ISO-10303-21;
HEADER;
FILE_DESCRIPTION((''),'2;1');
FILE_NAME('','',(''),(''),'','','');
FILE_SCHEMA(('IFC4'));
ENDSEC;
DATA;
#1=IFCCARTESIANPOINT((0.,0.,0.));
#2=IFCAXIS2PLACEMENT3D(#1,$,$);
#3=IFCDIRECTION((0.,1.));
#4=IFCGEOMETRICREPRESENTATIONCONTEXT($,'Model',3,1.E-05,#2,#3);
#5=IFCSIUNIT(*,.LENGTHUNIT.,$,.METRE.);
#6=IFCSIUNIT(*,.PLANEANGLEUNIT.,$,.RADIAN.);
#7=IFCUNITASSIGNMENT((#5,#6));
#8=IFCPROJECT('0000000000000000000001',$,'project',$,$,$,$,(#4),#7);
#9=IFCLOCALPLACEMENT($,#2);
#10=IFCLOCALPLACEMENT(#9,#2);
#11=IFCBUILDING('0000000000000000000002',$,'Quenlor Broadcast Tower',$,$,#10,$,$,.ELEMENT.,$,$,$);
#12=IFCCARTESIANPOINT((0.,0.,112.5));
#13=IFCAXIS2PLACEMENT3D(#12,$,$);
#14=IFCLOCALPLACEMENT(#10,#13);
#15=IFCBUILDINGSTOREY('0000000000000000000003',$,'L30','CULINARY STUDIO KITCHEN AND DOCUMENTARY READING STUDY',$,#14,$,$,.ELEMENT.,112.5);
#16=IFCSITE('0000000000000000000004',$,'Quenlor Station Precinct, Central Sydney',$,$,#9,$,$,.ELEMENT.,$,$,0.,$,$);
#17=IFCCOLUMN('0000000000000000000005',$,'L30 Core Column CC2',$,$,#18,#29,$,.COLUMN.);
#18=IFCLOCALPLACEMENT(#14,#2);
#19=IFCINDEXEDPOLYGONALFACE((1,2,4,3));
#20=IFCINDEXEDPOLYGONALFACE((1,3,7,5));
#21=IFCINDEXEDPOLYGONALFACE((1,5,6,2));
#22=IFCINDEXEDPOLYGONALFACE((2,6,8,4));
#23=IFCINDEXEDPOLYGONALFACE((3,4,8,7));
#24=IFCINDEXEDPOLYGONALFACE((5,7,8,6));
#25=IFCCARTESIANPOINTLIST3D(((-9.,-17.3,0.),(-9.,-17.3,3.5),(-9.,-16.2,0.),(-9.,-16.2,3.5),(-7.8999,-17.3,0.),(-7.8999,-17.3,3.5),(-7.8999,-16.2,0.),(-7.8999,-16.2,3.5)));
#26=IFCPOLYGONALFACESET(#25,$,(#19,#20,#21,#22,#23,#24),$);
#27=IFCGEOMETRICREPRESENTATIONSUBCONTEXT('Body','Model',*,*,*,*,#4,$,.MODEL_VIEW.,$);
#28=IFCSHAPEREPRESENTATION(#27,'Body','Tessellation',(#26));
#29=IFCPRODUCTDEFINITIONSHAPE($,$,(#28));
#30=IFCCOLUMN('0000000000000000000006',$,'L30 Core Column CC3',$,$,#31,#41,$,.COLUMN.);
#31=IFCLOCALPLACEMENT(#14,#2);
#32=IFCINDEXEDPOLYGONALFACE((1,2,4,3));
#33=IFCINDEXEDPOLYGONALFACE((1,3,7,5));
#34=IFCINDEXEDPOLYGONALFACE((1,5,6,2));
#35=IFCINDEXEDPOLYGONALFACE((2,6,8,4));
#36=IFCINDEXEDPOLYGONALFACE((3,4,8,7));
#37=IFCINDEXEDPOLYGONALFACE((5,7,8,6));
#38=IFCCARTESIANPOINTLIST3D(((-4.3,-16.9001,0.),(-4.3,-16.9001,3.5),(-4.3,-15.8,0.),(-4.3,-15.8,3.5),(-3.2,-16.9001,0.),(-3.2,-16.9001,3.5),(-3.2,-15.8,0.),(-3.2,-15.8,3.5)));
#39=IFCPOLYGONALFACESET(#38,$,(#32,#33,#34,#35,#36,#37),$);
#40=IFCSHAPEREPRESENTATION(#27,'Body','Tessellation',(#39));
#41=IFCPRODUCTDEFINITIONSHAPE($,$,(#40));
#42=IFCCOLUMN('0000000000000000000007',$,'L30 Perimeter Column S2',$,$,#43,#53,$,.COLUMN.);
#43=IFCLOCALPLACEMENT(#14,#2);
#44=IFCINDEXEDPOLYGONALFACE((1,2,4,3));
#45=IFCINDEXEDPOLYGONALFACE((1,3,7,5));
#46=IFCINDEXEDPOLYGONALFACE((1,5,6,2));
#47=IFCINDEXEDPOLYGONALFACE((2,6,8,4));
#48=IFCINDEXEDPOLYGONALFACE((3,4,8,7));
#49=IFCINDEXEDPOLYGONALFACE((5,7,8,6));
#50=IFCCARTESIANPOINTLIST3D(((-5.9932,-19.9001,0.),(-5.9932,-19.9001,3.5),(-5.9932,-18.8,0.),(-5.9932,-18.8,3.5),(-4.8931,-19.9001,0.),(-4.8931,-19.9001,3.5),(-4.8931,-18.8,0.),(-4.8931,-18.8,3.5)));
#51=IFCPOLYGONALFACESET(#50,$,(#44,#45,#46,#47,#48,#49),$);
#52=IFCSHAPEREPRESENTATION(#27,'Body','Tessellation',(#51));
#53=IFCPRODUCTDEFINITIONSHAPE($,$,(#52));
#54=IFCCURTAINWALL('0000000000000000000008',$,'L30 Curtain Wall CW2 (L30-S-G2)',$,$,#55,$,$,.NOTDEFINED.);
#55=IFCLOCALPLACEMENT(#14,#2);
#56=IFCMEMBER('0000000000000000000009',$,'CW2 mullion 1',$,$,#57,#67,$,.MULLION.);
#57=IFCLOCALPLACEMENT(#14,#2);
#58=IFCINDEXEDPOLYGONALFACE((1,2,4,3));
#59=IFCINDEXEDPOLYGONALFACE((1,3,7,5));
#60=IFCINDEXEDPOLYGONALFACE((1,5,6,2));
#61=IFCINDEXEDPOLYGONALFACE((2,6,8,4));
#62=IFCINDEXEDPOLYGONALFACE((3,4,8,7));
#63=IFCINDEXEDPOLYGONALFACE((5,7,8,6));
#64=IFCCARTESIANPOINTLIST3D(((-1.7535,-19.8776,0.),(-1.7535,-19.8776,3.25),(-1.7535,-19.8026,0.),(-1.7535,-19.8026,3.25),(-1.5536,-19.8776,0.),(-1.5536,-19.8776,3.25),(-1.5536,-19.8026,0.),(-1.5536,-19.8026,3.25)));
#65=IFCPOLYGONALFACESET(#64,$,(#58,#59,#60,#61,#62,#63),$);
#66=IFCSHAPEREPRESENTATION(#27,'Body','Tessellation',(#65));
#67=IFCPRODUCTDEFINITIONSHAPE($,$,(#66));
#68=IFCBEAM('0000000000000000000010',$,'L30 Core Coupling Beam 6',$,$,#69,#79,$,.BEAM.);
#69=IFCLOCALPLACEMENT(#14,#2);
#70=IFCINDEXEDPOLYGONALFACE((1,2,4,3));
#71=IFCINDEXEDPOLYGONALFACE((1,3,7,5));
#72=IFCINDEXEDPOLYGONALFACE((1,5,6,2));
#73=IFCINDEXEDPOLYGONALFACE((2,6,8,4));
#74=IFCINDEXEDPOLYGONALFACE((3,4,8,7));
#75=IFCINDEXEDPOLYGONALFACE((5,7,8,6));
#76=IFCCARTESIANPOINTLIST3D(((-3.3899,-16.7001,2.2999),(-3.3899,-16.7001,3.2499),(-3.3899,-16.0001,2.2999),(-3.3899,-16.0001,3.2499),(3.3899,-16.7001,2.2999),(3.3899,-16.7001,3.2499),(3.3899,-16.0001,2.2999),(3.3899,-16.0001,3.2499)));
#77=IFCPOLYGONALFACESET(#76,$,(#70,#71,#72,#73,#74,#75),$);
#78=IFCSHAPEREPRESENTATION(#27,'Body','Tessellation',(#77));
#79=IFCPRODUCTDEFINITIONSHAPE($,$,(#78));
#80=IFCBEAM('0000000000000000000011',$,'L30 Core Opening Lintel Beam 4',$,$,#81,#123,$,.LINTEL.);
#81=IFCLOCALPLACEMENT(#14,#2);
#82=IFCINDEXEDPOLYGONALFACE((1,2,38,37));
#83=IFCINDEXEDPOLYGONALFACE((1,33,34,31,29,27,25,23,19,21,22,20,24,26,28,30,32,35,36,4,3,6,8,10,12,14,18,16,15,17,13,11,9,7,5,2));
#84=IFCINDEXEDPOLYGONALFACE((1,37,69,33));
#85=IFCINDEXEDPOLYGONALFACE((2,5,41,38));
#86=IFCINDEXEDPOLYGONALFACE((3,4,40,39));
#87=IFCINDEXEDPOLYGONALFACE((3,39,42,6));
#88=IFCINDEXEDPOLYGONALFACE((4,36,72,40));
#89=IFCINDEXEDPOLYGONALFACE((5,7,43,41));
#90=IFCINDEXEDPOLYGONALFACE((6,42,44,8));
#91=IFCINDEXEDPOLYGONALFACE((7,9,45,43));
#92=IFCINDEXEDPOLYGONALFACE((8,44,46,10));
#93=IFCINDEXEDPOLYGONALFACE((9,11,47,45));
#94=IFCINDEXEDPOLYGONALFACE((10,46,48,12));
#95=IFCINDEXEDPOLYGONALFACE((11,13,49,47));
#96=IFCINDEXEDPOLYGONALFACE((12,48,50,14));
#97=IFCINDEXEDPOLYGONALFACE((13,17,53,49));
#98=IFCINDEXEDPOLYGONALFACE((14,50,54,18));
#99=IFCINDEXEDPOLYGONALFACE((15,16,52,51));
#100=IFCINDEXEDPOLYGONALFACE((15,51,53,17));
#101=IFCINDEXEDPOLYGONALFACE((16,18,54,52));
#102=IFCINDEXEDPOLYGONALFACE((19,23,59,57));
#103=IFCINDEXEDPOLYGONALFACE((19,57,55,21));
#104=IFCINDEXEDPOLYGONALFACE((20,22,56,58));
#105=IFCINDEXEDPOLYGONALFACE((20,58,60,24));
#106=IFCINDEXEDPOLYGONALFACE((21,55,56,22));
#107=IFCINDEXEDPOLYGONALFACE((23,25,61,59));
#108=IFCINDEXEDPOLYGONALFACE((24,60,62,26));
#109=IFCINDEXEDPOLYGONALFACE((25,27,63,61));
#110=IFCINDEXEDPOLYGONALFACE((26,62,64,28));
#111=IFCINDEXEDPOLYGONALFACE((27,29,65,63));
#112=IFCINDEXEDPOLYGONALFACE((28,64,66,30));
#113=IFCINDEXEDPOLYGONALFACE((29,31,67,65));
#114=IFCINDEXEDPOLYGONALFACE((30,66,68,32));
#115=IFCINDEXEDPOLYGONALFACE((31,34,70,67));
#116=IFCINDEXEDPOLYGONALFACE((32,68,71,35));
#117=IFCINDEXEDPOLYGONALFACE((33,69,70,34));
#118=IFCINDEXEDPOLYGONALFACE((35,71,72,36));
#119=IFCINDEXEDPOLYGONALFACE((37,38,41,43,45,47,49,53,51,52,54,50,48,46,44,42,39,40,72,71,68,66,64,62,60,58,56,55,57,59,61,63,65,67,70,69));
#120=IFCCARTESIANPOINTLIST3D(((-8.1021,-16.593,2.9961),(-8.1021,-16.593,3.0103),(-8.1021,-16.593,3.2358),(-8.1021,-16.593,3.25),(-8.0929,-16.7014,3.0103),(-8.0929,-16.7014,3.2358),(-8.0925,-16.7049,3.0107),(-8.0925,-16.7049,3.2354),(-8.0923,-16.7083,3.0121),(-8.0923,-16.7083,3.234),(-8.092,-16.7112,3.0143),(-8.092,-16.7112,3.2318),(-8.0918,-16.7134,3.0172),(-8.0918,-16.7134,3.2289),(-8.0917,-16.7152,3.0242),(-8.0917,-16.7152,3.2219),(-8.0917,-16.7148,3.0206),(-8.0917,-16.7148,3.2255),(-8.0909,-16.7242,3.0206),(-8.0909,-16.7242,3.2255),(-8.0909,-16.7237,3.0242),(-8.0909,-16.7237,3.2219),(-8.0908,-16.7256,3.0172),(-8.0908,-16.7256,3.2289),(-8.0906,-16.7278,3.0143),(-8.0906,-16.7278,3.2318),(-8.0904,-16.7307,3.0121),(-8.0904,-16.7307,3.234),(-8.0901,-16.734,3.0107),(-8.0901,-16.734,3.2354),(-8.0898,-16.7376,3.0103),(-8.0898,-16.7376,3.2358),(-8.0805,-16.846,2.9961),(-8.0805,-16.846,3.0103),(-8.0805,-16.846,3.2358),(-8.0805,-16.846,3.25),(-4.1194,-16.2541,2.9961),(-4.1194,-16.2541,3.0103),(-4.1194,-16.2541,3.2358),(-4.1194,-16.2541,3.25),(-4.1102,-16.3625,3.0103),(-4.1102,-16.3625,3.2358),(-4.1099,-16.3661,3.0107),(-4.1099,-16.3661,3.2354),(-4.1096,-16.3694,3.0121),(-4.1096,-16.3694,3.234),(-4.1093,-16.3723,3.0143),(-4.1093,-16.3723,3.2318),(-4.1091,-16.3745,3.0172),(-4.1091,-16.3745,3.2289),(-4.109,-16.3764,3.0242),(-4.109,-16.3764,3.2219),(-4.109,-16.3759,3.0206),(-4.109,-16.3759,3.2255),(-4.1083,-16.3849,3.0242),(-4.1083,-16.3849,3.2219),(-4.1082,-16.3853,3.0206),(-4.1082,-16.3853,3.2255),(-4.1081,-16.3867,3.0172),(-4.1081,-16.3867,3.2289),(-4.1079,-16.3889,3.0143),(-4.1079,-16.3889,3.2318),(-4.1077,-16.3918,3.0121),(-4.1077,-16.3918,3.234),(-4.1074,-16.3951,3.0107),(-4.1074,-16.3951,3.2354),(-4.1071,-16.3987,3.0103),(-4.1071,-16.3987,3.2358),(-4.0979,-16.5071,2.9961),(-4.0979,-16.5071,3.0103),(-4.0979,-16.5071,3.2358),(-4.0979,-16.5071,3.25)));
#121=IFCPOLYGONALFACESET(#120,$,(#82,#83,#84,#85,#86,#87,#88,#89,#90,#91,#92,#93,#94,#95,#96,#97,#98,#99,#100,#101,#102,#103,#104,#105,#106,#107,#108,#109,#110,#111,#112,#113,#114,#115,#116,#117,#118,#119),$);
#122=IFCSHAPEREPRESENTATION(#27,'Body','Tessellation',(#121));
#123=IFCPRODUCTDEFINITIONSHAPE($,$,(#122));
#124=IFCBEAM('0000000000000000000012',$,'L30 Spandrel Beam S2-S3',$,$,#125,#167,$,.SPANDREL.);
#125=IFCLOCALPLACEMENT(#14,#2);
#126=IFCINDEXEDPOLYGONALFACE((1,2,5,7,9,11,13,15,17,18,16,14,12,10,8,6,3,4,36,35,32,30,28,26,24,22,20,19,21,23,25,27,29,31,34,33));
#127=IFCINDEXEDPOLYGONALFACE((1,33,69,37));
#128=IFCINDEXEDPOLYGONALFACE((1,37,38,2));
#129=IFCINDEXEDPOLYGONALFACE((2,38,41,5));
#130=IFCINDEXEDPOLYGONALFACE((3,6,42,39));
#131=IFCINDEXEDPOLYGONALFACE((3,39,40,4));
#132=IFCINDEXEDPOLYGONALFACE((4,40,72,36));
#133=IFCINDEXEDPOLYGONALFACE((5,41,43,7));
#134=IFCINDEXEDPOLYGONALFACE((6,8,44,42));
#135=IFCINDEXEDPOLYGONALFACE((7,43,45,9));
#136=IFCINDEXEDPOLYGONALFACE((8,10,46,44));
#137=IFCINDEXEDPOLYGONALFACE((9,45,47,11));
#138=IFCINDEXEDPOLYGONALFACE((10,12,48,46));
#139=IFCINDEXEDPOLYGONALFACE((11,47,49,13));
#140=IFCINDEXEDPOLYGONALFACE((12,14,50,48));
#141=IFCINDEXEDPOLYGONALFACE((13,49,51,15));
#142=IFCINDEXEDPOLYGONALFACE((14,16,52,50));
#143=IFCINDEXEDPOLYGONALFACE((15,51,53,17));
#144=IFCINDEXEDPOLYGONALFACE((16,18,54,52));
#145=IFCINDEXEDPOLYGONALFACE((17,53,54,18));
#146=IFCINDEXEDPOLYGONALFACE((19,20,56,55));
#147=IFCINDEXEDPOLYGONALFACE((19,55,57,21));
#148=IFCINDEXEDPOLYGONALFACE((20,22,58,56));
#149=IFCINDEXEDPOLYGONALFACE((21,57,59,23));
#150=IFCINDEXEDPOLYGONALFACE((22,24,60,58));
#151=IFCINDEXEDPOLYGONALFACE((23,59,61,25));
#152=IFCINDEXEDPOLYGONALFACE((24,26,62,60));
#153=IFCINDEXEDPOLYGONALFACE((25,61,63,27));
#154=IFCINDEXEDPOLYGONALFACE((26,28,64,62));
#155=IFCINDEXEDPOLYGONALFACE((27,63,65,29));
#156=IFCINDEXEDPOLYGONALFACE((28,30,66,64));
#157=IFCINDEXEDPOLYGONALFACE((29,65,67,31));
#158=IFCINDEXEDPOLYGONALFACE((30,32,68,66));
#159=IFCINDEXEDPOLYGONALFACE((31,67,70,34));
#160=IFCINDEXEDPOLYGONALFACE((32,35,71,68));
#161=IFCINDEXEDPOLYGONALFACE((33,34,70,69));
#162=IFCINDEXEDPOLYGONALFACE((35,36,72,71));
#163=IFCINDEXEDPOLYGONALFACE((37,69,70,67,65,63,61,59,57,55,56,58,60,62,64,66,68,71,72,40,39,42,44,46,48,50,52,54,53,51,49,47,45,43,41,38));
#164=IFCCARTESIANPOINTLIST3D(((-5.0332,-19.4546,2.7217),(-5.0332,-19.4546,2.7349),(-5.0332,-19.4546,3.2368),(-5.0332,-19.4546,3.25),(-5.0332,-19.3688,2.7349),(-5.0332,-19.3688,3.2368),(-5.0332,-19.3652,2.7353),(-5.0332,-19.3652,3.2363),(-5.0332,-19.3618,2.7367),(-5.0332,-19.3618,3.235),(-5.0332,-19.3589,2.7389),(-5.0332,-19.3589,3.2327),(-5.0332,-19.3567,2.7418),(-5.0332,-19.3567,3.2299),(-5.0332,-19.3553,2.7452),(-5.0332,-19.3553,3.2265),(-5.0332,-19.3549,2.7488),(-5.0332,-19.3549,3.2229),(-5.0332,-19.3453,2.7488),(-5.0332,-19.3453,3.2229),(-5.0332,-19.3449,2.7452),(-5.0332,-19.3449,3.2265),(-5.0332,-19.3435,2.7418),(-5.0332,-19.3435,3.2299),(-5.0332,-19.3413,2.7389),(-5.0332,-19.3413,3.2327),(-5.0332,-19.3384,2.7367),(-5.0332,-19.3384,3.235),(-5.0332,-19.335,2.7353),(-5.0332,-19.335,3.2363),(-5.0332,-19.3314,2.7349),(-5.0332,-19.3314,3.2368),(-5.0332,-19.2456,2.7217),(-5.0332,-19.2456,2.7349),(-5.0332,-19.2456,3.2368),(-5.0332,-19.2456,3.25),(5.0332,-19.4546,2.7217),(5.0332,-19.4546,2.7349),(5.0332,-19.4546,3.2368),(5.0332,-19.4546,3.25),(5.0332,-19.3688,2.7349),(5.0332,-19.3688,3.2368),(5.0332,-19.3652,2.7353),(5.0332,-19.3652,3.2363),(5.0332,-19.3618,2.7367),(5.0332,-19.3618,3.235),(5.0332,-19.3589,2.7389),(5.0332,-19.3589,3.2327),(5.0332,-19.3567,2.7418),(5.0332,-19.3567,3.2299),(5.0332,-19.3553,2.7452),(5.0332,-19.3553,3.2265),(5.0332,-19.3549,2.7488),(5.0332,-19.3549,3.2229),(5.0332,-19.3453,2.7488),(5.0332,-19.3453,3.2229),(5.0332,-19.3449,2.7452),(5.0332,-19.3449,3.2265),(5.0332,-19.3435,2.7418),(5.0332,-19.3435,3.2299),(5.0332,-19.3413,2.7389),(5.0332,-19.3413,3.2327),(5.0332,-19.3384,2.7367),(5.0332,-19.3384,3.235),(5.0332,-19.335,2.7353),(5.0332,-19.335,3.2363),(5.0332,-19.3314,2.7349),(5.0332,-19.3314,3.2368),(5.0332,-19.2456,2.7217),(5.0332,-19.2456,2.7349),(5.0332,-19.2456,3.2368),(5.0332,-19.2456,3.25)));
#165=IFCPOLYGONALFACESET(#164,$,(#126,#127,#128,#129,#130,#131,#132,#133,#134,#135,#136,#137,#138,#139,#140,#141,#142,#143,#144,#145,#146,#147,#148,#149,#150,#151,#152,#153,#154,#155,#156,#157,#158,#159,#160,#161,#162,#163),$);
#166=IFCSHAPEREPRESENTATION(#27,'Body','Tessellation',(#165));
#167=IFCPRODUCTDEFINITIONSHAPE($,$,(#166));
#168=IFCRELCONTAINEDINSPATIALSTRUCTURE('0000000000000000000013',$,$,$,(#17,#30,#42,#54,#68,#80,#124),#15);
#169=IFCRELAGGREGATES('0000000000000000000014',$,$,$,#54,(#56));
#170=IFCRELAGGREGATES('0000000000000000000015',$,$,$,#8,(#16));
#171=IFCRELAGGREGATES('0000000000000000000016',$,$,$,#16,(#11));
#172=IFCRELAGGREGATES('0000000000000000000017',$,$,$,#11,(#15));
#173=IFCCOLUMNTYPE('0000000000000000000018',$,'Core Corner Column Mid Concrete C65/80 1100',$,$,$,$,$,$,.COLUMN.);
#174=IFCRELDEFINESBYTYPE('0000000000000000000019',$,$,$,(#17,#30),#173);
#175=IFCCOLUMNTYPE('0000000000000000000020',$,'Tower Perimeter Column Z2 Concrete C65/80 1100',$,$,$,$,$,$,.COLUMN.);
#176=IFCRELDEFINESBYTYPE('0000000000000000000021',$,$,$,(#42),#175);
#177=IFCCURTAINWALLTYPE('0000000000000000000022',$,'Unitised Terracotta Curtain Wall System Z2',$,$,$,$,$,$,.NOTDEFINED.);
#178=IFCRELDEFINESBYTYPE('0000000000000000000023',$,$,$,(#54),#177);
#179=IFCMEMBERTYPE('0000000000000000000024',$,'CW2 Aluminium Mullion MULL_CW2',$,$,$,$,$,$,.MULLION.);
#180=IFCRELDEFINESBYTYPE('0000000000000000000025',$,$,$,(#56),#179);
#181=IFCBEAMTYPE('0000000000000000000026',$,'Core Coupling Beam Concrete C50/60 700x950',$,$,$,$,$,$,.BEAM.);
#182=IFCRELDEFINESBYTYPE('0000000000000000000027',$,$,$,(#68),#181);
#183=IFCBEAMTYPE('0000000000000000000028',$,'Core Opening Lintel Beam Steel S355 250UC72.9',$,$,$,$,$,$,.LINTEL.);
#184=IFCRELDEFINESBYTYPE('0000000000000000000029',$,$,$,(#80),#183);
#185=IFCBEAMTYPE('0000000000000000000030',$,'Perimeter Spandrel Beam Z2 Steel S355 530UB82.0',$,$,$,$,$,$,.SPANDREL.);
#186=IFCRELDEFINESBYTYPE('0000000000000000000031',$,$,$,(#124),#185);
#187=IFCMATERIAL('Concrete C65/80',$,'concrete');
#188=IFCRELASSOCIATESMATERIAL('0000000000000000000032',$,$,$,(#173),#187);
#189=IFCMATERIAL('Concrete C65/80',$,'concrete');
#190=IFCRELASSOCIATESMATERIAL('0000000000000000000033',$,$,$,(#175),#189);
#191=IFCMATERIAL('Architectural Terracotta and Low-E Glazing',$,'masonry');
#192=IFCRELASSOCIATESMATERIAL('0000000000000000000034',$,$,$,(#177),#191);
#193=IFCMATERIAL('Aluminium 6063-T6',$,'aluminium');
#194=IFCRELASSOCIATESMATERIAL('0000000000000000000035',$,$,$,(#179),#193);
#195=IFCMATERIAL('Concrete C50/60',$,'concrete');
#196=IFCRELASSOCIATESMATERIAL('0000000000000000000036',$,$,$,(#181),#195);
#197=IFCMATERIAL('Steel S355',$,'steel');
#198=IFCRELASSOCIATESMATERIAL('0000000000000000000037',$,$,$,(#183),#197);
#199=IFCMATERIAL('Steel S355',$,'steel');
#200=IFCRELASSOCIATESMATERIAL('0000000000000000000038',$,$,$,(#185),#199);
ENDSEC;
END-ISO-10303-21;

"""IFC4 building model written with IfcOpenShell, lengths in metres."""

from ifc_helpers import new_model, si_unit, direction, frame, origin, origin_2d, place, context, subcontext, project, spatial, rectangle, i_section, extrude, material, material_profile, profile_set, type_object, element, aggregate, save


model = new_model("IFC4")

# Units and contexts
model_context = context("Model", 3, precision=1e-05, world=origin(), true_north=direction((0.0, 1.0)))
body_context = subcontext(model_context, "Body", "Model", "MODEL_VIEW")
ifc_project = project(units=[si_unit("LENGTHUNIT", "METRE"), si_unit("PLANEANGLEUNIT", "RADIAN")], contexts=[model_context])

# Site, building, storey
site_placement = place(None, origin())
site = spatial("IfcSite", under=ifc_project, at=site_placement, Name="Quenlor Station Precinct, Central Sydney", CompositionType="ELEMENT", RefElevation=0.0)
building_placement = place(site_placement, origin())
building = spatial("IfcBuilding", under=site, at=building_placement, Name="Quenlor Broadcast Tower", CompositionType="ELEMENT")
storey_placement = place(building_placement, frame((0.0, 0.0, 112.5)))
storey = spatial("IfcBuildingStorey", under=building, at=storey_placement, Name="L30", Description="CULINARY STUDIO KITCHEN AND DOCUMENTARY READING STUDY", CompositionType="ELEMENT", Elevation=112.5)

# Columns
ifc_material_1 = material(Name="Concrete C65/80", Category="concrete")
ifc_material_profile_1 = material_profile(ifc_material_1, rectangle(XDim=1.1001, YDim=1.1001, at=origin_2d()))
ifc_profile_set_1 = profile_set([ifc_material_profile_1], Name="Concrete C65/80 RC1100x1100")
column_type_1 = type_object("IfcColumnType", Name="Core Corner Column Mid Concrete C65/80 1100", PredefinedType="COLUMN", material=ifc_profile_set_1)
for number, where, z_axis, x_axis, name in (
    (1, (-8.45, -16.75, 0.0), (0.0, 0.0, 1.0), (1.0, 0.0, 0.0), "L30 Core Column CC2"),
    (2, (-3.75, -16.3501, 0.0), (0.0, 0.0, 1.0), (1.0, 0.0, 0.0), "L30 Core Column CC3"),
):
    element("IfcColumn", number, at=place(storey_placement, frame(where, z_axis=z_axis, x_axis=x_axis)), inside=storey, type_object=column_type_1, Name=name, PredefinedType="COLUMN", context=body_context, shape_type="SweptSolid", body=[
        extrude(rectangle(XDim=1.1001, YDim=1.1001, at=origin_2d()), origin(), (0.0, 0.0, 1.0), 3.5),
    ])
ifc_material_2 = material(Name="Concrete C65/80", Category="concrete")
ifc_material_profile_2 = material_profile(ifc_material_2, rectangle(XDim=1.1001, YDim=1.1001, at=origin_2d()))
ifc_profile_set_2 = profile_set([ifc_material_profile_2], Name="Concrete C65/80 RC1100x1100")
column_type_2 = type_object("IfcColumnType", Name="Tower Perimeter Column Z2 Concrete C65/80 1100", PredefinedType="COLUMN", material=ifc_profile_set_2)
column_placement = place(storey_placement, frame((-5.4431, -19.3501, 0.0), z_axis=(0.0, 0.0, 1.0), x_axis=(0.0, 1.0, 0.0)))
element("IfcColumn", 3, at=column_placement, inside=storey, type_object=column_type_2, Name="L30 Perimeter Column S2", PredefinedType="COLUMN", context=body_context, shape_type="SweptSolid", body=[
    extrude(rectangle(XDim=1.1001, YDim=1.1001, at=origin_2d()), origin(), (0.0, 0.0, 1.0), 3.5),
])

# Curtain wall, member
ifc_material_3 = material(Name="Architectural Terracotta and Low-E Glazing", Category="masonry")
curtain_wall_type = type_object("IfcCurtainWallType", Name="Unitised Terracotta Curtain Wall System Z2", PredefinedType="NOTDEFINED", material=ifc_material_3)
curtain_wall_placement = place(storey_placement, origin())
curtain_wall = element("IfcCurtainWall", 4, at=curtain_wall_placement, inside=storey, type_object=curtain_wall_type, Name="L30 Curtain Wall CW2 (L30-S-G2)", PredefinedType="NOTDEFINED")
ifc_material_4 = material(Name="Aluminium 6063-T6", Category="aluminium")
ifc_material_profile_3 = material_profile(ifc_material_4, rectangle(XDim=0.075, YDim=0.2, at=origin_2d()))
ifc_profile_set_3 = profile_set([ifc_material_profile_3], Name="Aluminium 6063-T6 MULL75x200")
member_type = type_object("IfcMemberType", Name="CW2 Aluminium Mullion MULL_CW2", PredefinedType="MULLION", material=ifc_profile_set_3)
member_placement = place(storey_placement, frame((-1.6536, -19.8401, 0.0), z_axis=(0.0, 0.0, 1.0), x_axis=(0.0, -1.0, 0.0)))
member = element("IfcMember", 5, at=member_placement, type_object=member_type, Name="CW2 mullion 1", PredefinedType="MULLION", context=body_context, shape_type="SweptSolid", body=[
    extrude(rectangle(XDim=0.075, YDim=0.2, at=origin_2d()), origin(), (0.0, 0.0, 1.0), 3.25),
])
aggregate(curtain_wall, [member])

# Beams
ifc_material_5 = material(Name="Concrete C50/60", Category="concrete")
ifc_material_profile_4 = material_profile(ifc_material_5, rectangle(XDim=0.7, YDim=0.95, at=origin_2d()))
ifc_profile_set_4 = profile_set([ifc_material_profile_4], Name="Concrete C50/60 RCB700x950")
beam_type_1 = type_object("IfcBeamType", Name="Core Coupling Beam Concrete C50/60 700x950", PredefinedType="BEAM", material=ifc_profile_set_4)
beam_1_placement = place(storey_placement, frame((-3.3899, -16.3501, 2.7749), z_axis=(1.0, 0.0, 0.0), x_axis=(0.0, 1.0, 0.0)))
element("IfcBeam", 6, at=beam_1_placement, inside=storey, type_object=beam_type_1, Name="L30 Core Coupling Beam 6", PredefinedType="BEAM", context=body_context, shape_type="SweptSolid", body=[
    extrude(rectangle(XDim=0.7, YDim=0.95, at=origin_2d()), origin(), (0.0, 0.0, 1.0), 6.7798),
])
ifc_material_6 = material(Name="Steel S355", Category="steel")
ifc_material_profile_5 = material_profile(ifc_material_6, i_section(OverallWidth=0.2539, OverallDepth=0.2539, WebThickness=0.0085, FlangeThickness=0.0142, FilletRadius=0.0139, at=origin_2d()))
ifc_profile_set_5 = profile_set([ifc_material_profile_5], Name="Steel S355 250UC72.9")
beam_type_2 = type_object("IfcBeamType", Name="Core Opening Lintel Beam Steel S355 250UC72.9", PredefinedType="LINTEL", material=ifc_profile_set_5)
beam_2_placement = place(storey_placement, frame((-8.0913, -16.7195, 3.123), z_axis=(0.9964, 0.084779, 0.0), x_axis=(-0.084779, 0.9964, 0.0)))
element("IfcBeam", 7, at=beam_2_placement, inside=storey, type_object=beam_type_2, Name="L30 Core Opening Lintel Beam 4", PredefinedType="LINTEL", context=body_context, shape_type="SweptSolid", body=[
    extrude(i_section(OverallWidth=0.2539, OverallDepth=0.2539, WebThickness=0.0085, FlangeThickness=0.0142, FilletRadius=0.0139, at=origin_2d()), origin(), (0.0, 0.0, 1.0), 3.9971),
])
ifc_material_7 = material(Name="Steel S355", Category="steel")
ifc_material_profile_6 = material_profile(ifc_material_7, i_section(OverallWidth=0.209, OverallDepth=0.5283, WebThickness=0.0095, FlangeThickness=0.0132, FilletRadius=0.0139, at=origin_2d()))
ifc_profile_set_6 = profile_set([ifc_material_profile_6], Name="Steel S355 530UB82.0")
beam_type_3 = type_object("IfcBeamType", Name="Perimeter Spandrel Beam Z2 Steel S355 530UB82.0", PredefinedType="SPANDREL", material=ifc_profile_set_6)
beam_3_placement = place(storey_placement, frame((-5.0332, -19.3501, 2.9858), z_axis=(1.0, 0.0, 0.0), x_axis=(0.0, 1.0, 0.0)))
element("IfcBeam", 8, at=beam_3_placement, inside=storey, type_object=beam_type_3, Name="L30 Spandrel Beam S2-S3", PredefinedType="SPANDREL", context=body_context, shape_type="SweptSolid", body=[
    extrude(i_section(OverallWidth=0.209, OverallDepth=0.5283, WebThickness=0.0095, FlangeThickness=0.0132, FilletRadius=0.0139, at=origin_2d()), origin(), (0.0, 0.0, 1.0), 10.0664),
])

save(model, "model.ifc")
